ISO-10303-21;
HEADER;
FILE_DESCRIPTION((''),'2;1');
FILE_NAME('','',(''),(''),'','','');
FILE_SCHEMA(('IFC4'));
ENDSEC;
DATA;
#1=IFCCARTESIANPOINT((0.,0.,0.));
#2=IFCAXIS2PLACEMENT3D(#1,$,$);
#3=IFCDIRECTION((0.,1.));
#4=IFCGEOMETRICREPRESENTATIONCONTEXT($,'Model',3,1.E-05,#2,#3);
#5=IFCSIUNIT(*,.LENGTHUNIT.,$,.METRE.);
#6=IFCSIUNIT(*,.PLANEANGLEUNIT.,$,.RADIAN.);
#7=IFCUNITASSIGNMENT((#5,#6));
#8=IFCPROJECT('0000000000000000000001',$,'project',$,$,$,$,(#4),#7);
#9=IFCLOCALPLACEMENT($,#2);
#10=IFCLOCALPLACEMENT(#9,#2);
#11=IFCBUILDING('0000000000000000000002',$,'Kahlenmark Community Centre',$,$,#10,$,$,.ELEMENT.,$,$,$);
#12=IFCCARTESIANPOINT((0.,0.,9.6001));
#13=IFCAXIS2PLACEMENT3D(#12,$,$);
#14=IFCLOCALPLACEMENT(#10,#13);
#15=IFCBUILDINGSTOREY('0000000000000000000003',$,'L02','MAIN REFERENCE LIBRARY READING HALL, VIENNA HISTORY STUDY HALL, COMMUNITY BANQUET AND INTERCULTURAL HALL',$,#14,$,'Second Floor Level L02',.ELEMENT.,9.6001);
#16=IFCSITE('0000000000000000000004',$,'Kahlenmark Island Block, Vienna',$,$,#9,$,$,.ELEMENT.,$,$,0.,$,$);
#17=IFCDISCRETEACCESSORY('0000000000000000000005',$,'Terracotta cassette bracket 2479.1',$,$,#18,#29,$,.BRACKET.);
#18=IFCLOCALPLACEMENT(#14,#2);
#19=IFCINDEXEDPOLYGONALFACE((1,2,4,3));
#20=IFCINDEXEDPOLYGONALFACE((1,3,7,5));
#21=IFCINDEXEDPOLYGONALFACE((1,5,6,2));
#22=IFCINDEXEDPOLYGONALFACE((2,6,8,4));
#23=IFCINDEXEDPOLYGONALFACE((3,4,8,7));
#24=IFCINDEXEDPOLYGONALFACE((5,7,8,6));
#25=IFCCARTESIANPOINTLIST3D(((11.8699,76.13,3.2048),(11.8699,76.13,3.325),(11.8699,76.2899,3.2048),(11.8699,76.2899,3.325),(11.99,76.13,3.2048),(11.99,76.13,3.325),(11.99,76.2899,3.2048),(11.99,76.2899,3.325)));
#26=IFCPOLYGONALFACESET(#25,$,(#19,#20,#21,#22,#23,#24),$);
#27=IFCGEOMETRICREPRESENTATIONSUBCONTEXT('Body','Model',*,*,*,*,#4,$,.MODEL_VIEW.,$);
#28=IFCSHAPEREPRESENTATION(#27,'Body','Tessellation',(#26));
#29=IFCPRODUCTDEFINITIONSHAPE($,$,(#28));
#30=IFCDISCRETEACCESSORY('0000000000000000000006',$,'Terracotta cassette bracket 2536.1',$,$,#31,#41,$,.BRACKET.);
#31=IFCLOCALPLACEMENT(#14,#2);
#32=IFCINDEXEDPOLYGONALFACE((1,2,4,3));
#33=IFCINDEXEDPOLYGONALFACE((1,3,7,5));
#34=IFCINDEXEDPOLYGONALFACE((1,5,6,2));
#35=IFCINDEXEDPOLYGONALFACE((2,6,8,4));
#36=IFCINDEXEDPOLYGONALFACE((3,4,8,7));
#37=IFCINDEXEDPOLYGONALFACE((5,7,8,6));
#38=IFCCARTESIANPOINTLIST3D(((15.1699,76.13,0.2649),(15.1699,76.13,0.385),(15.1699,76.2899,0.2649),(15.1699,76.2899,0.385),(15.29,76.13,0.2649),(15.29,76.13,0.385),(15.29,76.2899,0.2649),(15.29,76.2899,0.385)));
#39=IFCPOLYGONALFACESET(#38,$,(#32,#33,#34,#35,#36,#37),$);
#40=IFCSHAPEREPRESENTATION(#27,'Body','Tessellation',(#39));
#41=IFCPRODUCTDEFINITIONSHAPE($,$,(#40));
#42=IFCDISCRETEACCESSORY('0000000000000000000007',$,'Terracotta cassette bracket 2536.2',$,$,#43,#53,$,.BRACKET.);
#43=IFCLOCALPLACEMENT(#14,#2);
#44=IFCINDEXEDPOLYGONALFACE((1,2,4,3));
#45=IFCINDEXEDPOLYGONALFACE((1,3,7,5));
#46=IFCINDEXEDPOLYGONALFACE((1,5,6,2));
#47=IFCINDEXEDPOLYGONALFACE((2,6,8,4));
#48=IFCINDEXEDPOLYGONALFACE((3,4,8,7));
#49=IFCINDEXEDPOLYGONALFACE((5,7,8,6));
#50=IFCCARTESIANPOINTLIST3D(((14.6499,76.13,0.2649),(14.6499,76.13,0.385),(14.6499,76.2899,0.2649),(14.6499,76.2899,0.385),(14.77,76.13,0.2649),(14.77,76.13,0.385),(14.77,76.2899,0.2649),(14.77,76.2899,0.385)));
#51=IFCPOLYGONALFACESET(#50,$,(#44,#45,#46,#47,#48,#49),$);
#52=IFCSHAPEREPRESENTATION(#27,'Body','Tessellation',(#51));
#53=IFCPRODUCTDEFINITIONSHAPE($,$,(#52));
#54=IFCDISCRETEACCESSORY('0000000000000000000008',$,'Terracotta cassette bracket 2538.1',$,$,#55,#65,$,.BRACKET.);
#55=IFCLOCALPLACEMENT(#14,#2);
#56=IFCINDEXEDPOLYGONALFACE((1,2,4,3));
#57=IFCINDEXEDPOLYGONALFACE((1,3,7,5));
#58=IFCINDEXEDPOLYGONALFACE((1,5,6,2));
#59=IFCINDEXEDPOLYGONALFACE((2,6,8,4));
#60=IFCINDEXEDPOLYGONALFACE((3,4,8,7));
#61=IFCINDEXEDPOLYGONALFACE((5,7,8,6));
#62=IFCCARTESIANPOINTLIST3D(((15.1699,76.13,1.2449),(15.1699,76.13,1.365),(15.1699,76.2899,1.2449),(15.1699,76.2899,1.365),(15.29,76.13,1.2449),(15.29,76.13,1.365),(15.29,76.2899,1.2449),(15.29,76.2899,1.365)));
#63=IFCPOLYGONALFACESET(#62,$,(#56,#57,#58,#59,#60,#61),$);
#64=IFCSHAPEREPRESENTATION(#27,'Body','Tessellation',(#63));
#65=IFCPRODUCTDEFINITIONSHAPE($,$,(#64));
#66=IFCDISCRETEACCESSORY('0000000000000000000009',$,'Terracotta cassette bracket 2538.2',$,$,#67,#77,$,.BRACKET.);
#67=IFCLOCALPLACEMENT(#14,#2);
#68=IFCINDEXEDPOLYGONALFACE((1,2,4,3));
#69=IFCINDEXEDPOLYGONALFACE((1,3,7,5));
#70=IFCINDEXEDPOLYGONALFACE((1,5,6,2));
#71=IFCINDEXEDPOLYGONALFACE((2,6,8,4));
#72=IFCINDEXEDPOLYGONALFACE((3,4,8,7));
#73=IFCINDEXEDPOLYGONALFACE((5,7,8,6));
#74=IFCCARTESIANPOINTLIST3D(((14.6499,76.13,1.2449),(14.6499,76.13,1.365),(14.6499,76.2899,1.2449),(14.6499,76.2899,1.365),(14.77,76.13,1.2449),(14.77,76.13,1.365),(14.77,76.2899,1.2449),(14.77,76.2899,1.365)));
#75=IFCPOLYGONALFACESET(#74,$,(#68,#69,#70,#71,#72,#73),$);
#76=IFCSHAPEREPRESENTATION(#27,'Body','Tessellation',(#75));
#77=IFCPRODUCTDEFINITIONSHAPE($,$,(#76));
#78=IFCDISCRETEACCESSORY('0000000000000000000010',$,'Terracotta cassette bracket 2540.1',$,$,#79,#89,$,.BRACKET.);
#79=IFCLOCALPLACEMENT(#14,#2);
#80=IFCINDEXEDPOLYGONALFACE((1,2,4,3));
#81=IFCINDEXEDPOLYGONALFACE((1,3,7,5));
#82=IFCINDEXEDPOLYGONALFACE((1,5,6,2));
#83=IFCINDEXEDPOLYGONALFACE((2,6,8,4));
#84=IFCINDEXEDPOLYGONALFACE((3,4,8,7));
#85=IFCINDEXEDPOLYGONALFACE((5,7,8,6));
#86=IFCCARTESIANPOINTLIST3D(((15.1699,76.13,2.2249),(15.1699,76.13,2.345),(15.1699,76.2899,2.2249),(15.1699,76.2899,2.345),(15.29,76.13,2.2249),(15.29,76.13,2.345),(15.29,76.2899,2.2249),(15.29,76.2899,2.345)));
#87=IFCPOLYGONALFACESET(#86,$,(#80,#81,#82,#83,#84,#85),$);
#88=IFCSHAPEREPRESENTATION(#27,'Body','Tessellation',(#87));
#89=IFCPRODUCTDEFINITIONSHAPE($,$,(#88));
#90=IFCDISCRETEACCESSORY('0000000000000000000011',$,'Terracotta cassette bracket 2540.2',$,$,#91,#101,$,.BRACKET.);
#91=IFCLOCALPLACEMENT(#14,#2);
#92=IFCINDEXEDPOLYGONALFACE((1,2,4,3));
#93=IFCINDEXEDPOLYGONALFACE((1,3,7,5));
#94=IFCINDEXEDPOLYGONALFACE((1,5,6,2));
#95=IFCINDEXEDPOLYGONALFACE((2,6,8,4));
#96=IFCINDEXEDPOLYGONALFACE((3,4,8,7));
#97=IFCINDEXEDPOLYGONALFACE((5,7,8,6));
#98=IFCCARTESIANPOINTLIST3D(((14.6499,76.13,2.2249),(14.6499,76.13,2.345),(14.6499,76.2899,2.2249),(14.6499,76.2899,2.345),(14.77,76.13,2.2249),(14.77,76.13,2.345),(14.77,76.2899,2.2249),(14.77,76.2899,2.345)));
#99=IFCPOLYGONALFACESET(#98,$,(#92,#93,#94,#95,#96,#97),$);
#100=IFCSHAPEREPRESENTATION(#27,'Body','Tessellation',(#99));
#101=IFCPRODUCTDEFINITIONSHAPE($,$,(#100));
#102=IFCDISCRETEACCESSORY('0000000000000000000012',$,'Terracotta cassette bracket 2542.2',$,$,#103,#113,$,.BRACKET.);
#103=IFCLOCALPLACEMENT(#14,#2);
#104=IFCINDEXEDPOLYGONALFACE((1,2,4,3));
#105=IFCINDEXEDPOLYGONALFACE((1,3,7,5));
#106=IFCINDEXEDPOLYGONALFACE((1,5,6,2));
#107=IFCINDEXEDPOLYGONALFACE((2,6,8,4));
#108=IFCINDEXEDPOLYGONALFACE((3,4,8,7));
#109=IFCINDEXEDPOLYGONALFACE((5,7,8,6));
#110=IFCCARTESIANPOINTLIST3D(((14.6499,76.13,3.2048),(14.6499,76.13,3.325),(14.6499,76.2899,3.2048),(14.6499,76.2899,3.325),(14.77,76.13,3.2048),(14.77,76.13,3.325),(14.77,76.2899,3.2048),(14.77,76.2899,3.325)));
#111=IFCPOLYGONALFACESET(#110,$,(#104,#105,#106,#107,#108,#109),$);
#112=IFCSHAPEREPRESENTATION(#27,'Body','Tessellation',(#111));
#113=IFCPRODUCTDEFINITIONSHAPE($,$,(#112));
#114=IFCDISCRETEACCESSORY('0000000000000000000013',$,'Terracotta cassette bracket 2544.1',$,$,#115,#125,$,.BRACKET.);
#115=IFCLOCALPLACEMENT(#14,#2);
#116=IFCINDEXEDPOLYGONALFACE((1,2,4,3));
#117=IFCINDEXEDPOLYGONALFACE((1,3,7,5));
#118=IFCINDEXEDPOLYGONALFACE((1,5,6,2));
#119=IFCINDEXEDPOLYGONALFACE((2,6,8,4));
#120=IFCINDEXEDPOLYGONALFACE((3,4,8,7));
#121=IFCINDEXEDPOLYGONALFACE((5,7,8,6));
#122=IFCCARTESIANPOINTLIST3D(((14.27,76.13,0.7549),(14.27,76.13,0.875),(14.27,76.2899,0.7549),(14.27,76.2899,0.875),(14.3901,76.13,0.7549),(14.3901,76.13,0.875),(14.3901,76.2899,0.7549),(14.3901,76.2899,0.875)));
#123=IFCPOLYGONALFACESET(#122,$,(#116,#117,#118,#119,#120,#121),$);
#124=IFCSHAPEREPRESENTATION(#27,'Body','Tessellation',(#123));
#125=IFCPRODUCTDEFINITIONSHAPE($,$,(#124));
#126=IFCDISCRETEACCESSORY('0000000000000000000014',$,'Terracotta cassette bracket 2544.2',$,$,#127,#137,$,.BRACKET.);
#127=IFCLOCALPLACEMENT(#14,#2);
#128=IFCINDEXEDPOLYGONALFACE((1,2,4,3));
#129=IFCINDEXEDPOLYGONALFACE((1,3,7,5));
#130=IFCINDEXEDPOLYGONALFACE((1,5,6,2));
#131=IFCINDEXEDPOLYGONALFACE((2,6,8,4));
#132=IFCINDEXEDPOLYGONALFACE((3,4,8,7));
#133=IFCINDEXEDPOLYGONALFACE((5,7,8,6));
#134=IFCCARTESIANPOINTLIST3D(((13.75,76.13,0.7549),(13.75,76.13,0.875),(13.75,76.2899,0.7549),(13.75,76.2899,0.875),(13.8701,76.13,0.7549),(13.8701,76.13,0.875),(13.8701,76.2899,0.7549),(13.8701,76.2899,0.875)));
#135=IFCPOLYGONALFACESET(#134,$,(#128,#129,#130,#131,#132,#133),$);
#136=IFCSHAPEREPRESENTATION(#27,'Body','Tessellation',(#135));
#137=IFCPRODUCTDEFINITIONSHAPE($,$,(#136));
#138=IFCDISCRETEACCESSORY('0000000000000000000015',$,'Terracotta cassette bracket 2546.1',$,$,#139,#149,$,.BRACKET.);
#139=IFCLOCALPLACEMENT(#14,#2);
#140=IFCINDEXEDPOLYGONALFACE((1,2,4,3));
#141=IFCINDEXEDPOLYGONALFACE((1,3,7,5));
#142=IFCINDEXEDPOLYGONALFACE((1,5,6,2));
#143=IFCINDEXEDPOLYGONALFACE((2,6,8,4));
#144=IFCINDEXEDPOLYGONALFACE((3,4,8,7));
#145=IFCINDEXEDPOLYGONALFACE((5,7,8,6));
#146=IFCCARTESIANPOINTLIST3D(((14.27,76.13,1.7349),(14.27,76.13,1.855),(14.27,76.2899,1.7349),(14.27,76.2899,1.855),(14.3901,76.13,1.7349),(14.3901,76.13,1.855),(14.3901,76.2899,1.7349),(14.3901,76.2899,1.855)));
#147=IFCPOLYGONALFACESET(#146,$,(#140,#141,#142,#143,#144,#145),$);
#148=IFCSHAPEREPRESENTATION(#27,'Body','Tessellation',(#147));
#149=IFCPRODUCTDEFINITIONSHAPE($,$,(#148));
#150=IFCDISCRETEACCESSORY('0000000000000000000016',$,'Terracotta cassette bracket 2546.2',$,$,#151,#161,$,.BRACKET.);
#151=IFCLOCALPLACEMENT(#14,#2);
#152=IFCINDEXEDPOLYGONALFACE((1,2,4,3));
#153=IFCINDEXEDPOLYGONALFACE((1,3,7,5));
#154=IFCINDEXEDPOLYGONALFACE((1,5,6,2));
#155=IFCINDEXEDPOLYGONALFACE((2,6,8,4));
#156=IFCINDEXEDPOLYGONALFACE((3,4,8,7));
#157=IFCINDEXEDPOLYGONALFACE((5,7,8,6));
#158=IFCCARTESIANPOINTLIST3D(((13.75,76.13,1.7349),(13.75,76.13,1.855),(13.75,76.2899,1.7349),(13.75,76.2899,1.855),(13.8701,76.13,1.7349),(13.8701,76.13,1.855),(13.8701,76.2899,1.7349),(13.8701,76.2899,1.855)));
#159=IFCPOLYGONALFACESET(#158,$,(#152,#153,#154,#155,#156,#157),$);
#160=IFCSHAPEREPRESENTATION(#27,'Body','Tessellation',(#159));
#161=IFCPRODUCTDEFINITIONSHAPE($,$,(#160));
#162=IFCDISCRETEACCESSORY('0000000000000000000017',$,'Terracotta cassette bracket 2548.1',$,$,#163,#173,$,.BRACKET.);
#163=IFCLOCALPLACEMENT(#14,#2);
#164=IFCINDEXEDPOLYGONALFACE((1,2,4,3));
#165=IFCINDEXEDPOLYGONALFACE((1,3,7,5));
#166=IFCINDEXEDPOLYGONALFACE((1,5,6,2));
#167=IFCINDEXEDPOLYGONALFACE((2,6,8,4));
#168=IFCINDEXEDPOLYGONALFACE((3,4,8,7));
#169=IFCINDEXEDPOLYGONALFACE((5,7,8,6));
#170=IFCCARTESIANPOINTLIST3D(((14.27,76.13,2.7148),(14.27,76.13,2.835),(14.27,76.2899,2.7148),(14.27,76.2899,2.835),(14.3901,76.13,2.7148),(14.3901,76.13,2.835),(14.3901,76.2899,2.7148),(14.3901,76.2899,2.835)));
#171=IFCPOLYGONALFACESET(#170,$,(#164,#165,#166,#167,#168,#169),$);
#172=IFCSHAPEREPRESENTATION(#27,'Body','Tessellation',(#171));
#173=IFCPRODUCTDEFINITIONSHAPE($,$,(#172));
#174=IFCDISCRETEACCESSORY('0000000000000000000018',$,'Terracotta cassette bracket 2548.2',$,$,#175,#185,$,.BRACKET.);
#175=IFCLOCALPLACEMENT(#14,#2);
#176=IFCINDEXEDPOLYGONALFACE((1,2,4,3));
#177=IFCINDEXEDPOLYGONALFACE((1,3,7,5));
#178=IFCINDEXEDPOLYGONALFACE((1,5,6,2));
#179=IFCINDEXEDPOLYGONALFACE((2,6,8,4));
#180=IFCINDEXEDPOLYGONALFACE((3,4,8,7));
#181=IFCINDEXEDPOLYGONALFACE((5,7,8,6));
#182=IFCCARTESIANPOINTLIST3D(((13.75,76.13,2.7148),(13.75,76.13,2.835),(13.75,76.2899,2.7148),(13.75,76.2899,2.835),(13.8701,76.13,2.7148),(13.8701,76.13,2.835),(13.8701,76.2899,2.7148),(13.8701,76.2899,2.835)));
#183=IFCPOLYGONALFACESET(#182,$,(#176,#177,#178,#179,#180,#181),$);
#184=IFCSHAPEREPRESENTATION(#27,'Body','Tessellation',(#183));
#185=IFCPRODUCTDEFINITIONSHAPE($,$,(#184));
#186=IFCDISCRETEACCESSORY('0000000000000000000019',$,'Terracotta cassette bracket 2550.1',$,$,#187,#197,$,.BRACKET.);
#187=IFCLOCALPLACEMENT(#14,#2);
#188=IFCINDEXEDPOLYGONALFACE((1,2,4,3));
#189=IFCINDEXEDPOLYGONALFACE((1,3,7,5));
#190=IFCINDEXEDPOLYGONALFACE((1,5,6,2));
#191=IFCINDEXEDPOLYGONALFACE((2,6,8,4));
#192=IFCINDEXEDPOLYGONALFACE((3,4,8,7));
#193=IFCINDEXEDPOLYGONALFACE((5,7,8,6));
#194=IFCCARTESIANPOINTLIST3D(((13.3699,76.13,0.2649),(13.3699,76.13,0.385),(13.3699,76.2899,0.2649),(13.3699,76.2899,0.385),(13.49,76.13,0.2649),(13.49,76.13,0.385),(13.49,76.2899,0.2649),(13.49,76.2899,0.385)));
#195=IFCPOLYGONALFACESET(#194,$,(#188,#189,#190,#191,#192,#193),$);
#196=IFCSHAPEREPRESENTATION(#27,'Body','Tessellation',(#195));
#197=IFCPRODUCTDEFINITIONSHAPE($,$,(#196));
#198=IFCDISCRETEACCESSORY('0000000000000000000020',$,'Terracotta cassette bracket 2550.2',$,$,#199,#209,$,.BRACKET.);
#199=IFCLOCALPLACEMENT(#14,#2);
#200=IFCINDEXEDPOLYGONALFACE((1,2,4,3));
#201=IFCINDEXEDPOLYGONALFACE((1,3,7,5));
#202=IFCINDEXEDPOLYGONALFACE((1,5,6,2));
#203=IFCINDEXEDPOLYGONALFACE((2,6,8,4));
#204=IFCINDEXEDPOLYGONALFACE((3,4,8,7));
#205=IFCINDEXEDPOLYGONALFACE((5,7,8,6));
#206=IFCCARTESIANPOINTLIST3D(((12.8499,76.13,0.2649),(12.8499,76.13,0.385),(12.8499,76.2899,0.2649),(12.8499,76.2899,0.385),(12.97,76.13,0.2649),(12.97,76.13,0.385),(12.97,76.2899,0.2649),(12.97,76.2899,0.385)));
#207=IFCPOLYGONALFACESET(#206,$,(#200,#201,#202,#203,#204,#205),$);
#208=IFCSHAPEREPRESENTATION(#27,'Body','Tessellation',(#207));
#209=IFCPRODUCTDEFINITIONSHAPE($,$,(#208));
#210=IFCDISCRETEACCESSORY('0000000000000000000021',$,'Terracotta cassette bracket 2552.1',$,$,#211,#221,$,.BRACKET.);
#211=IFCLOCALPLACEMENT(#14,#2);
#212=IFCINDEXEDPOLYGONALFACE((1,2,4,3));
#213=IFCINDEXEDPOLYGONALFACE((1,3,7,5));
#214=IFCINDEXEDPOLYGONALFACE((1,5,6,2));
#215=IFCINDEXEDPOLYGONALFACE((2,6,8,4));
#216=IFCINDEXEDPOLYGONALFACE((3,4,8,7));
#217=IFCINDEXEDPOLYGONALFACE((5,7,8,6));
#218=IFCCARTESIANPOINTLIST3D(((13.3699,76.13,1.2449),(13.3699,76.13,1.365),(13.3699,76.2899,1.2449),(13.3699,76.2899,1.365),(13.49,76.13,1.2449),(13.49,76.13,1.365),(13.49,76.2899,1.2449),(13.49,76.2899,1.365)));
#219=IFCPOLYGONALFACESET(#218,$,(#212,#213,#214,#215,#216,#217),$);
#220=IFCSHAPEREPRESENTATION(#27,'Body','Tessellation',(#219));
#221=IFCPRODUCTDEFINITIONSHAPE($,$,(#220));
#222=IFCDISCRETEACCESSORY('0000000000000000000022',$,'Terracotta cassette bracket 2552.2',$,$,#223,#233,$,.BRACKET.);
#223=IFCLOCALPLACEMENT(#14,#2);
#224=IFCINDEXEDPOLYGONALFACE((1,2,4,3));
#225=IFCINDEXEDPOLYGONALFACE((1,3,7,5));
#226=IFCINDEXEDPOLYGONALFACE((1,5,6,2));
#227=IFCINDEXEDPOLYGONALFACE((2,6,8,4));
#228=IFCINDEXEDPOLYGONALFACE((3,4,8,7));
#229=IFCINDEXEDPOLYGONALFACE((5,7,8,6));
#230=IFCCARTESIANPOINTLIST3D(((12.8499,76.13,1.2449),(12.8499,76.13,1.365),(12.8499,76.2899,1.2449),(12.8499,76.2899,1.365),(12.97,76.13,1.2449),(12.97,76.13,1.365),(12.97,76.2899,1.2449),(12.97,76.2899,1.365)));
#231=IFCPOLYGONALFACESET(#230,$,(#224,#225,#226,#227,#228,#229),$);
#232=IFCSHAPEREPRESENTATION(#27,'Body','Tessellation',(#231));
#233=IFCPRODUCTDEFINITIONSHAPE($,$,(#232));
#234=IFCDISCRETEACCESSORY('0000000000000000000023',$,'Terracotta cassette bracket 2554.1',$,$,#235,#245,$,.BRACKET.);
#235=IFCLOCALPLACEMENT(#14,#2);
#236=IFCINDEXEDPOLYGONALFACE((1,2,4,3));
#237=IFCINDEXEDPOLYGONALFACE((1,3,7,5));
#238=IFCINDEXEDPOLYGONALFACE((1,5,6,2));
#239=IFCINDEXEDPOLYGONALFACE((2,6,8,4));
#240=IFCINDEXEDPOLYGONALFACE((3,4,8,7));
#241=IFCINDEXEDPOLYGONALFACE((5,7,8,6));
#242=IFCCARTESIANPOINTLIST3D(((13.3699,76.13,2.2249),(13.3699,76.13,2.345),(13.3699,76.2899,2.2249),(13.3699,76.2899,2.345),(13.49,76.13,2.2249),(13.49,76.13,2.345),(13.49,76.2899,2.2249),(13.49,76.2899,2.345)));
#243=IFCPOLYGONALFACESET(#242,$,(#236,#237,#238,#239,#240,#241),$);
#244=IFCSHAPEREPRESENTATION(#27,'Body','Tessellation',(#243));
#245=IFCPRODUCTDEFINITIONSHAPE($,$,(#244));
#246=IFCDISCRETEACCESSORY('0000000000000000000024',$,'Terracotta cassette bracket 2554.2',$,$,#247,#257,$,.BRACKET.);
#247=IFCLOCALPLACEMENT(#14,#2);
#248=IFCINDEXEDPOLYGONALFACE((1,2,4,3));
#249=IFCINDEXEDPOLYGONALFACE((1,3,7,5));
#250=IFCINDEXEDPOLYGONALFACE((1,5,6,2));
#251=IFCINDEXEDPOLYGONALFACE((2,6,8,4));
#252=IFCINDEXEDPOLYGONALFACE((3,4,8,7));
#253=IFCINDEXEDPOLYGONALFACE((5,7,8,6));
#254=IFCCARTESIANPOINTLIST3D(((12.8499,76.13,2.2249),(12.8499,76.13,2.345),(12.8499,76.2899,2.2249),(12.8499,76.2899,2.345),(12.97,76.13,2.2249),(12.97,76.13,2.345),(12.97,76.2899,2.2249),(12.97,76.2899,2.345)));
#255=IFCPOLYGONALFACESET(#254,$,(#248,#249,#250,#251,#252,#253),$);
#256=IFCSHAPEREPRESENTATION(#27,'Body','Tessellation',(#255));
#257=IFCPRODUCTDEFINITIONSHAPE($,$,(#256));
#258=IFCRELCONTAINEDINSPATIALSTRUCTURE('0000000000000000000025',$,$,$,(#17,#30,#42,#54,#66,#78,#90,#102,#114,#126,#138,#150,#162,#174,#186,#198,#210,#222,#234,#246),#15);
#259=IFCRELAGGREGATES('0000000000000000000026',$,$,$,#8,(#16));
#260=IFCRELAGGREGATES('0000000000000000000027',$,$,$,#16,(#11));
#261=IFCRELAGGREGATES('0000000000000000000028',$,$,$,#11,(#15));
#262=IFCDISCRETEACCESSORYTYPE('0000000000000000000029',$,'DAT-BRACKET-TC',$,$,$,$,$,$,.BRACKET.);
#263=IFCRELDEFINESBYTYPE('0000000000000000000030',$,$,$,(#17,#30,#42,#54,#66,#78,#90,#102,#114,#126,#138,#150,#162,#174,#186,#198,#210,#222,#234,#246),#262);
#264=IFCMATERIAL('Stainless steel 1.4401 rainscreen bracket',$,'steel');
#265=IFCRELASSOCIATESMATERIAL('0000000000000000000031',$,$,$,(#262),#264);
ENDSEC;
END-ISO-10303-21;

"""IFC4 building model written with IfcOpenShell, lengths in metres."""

from ifc_helpers import new_model, si_unit, direction, frame, origin, origin_2d, place, context, subcontext, project, spatial, rectangle, extrude, material, type_object, element, save


model = new_model("IFC4")

# Units and contexts
model_context = context("Model", 3, precision=1e-05, world=origin(), true_north=direction((0.0, 1.0)))
body_context = subcontext(model_context, "Body", "Model", "MODEL_VIEW")
ifc_project = project(units=[si_unit("LENGTHUNIT", "METRE"), si_unit("PLANEANGLEUNIT", "RADIAN")], contexts=[model_context])

# Site, building, storey
site_placement = place(None, origin())
site = spatial("IfcSite", under=ifc_project, at=site_placement, Name="Kahlenmark Island Block, Vienna", CompositionType="ELEMENT", RefElevation=0.0)
building_placement = place(site_placement, origin())
building = spatial("IfcBuilding", under=site, at=building_placement, Name="Kahlenmark Community Centre", CompositionType="ELEMENT")
storey_placement = place(building_placement, frame((0.0, 0.0, 9.6001)))
storey = spatial("IfcBuildingStorey", under=building, at=storey_placement, Name="L02", Description="MAIN REFERENCE LIBRARY READING HALL, VIENNA HISTORY STUDY HALL, COMMUNITY BANQUET AND INTERCULTURAL HALL", LongName="Second Floor Level L02", CompositionType="ELEMENT", Elevation=9.6001)

# Discrete accessories
ifc_material_1 = material(Name="Stainless steel 1.4401 rainscreen bracket", Category="steel")
discrete_accessory_type = type_object("IfcDiscreteAccessoryType", Name="DAT-BRACKET-TC", PredefinedType="BRACKET", material=ifc_material_1)
for number, where, z_axis, x_axis, name in (
    (1, (11.9299, 76.21, 3.2048), (0.0, 0.0, 1.0), (-1.0, 0.0, 0.0), "Terracotta cassette bracket 2479.1"),
    (2, (15.23, 76.21, 0.2649), (0.0, 0.0, 1.0), (-1.0, 0.0, 0.0), "Terracotta cassette bracket 2536.1"),
    (3, (14.71, 76.21, 0.2649), (0.0, 0.0, 1.0), (-1.0, 0.0, 0.0), "Terracotta cassette bracket 2536.2"),
    (4, (15.23, 76.21, 1.2449), (0.0, 0.0, 1.0), (-1.0, 0.0, 0.0), "Terracotta cassette bracket 2538.1"),
    (5, (14.71, 76.21, 1.2449), (0.0, 0.0, 1.0), (-1.0, 0.0, 0.0), "Terracotta cassette bracket 2538.2"),
    (6, (15.23, 76.21, 2.2249), (0.0, 0.0, 1.0), (-1.0, 0.0, 0.0), "Terracotta cassette bracket 2540.1"),
    (7, (14.71, 76.21, 2.2249), (0.0, 0.0, 1.0), (-1.0, 0.0, 0.0), "Terracotta cassette bracket 2540.2"),
    (8, (14.71, 76.21, 3.2048), (0.0, 0.0, 1.0), (-1.0, 0.0, 0.0), "Terracotta cassette bracket 2542.2"),
    (9, (14.3301, 76.21, 0.7549), (0.0, 0.0, 1.0), (-1.0, 0.0, 0.0), "Terracotta cassette bracket 2544.1"),
    (10, (13.8101, 76.21, 0.7549), (0.0, 0.0, 1.0), (-1.0, 0.0, 0.0), "Terracotta cassette bracket 2544.2"),
    (11, (14.3301, 76.21, 1.7349), (0.0, 0.0, 1.0), (-1.0, 0.0, 0.0), "Terracotta cassette bracket 2546.1"),
    (12, (13.8101, 76.21, 1.7349), (0.0, 0.0, 1.0), (-1.0, 0.0, 0.0), "Terracotta cassette bracket 2546.2"),
    (13, (14.3301, 76.21, 2.7148), (0.0, 0.0, 1.0), (-1.0, 0.0, 0.0), "Terracotta cassette bracket 2548.1"),
    (14, (13.8101, 76.21, 2.7148), (0.0, 0.0, 1.0), (-1.0, 0.0, 0.0), "Terracotta cassette bracket 2548.2"),
    (15, (13.4299, 76.21, 0.2649), (0.0, 0.0, 1.0), (-1.0, 0.0, 0.0), "Terracotta cassette bracket 2550.1"),
    (16, (12.9099, 76.21, 0.2649), (0.0, 0.0, 1.0), (-1.0, 0.0, 0.0), "Terracotta cassette bracket 2550.2"),
    (17, (13.4299, 76.21, 1.2449), (0.0, 0.0, 1.0), (-1.0, 0.0, 0.0), "Terracotta cassette bracket 2552.1"),
    (18, (12.9099, 76.21, 1.2449), (0.0, 0.0, 1.0), (-1.0, 0.0, 0.0), "Terracotta cassette bracket 2552.2"),
    (19, (13.4299, 76.21, 2.2249), (0.0, 0.0, 1.0), (-1.0, 0.0, 0.0), "Terracotta cassette bracket 2554.1"),
    (20, (12.9099, 76.21, 2.2249), (0.0, 0.0, 1.0), (-1.0, 0.0, 0.0), "Terracotta cassette bracket 2554.2"),
):
    element("IfcDiscreteAccessory", number, at=place(storey_placement, frame(where, z_axis=z_axis, x_axis=x_axis)), inside=storey, type_object=discrete_accessory_type, Name=name, PredefinedType="BRACKET", context=body_context, shape_type="SweptSolid", body=[
        extrude(rectangle(XDim=0.1201, YDim=0.1599, at=origin_2d()), origin(), (0.0, 0.0, 1.0), 0.1201),
    ])

save(model, "model.ifc")
